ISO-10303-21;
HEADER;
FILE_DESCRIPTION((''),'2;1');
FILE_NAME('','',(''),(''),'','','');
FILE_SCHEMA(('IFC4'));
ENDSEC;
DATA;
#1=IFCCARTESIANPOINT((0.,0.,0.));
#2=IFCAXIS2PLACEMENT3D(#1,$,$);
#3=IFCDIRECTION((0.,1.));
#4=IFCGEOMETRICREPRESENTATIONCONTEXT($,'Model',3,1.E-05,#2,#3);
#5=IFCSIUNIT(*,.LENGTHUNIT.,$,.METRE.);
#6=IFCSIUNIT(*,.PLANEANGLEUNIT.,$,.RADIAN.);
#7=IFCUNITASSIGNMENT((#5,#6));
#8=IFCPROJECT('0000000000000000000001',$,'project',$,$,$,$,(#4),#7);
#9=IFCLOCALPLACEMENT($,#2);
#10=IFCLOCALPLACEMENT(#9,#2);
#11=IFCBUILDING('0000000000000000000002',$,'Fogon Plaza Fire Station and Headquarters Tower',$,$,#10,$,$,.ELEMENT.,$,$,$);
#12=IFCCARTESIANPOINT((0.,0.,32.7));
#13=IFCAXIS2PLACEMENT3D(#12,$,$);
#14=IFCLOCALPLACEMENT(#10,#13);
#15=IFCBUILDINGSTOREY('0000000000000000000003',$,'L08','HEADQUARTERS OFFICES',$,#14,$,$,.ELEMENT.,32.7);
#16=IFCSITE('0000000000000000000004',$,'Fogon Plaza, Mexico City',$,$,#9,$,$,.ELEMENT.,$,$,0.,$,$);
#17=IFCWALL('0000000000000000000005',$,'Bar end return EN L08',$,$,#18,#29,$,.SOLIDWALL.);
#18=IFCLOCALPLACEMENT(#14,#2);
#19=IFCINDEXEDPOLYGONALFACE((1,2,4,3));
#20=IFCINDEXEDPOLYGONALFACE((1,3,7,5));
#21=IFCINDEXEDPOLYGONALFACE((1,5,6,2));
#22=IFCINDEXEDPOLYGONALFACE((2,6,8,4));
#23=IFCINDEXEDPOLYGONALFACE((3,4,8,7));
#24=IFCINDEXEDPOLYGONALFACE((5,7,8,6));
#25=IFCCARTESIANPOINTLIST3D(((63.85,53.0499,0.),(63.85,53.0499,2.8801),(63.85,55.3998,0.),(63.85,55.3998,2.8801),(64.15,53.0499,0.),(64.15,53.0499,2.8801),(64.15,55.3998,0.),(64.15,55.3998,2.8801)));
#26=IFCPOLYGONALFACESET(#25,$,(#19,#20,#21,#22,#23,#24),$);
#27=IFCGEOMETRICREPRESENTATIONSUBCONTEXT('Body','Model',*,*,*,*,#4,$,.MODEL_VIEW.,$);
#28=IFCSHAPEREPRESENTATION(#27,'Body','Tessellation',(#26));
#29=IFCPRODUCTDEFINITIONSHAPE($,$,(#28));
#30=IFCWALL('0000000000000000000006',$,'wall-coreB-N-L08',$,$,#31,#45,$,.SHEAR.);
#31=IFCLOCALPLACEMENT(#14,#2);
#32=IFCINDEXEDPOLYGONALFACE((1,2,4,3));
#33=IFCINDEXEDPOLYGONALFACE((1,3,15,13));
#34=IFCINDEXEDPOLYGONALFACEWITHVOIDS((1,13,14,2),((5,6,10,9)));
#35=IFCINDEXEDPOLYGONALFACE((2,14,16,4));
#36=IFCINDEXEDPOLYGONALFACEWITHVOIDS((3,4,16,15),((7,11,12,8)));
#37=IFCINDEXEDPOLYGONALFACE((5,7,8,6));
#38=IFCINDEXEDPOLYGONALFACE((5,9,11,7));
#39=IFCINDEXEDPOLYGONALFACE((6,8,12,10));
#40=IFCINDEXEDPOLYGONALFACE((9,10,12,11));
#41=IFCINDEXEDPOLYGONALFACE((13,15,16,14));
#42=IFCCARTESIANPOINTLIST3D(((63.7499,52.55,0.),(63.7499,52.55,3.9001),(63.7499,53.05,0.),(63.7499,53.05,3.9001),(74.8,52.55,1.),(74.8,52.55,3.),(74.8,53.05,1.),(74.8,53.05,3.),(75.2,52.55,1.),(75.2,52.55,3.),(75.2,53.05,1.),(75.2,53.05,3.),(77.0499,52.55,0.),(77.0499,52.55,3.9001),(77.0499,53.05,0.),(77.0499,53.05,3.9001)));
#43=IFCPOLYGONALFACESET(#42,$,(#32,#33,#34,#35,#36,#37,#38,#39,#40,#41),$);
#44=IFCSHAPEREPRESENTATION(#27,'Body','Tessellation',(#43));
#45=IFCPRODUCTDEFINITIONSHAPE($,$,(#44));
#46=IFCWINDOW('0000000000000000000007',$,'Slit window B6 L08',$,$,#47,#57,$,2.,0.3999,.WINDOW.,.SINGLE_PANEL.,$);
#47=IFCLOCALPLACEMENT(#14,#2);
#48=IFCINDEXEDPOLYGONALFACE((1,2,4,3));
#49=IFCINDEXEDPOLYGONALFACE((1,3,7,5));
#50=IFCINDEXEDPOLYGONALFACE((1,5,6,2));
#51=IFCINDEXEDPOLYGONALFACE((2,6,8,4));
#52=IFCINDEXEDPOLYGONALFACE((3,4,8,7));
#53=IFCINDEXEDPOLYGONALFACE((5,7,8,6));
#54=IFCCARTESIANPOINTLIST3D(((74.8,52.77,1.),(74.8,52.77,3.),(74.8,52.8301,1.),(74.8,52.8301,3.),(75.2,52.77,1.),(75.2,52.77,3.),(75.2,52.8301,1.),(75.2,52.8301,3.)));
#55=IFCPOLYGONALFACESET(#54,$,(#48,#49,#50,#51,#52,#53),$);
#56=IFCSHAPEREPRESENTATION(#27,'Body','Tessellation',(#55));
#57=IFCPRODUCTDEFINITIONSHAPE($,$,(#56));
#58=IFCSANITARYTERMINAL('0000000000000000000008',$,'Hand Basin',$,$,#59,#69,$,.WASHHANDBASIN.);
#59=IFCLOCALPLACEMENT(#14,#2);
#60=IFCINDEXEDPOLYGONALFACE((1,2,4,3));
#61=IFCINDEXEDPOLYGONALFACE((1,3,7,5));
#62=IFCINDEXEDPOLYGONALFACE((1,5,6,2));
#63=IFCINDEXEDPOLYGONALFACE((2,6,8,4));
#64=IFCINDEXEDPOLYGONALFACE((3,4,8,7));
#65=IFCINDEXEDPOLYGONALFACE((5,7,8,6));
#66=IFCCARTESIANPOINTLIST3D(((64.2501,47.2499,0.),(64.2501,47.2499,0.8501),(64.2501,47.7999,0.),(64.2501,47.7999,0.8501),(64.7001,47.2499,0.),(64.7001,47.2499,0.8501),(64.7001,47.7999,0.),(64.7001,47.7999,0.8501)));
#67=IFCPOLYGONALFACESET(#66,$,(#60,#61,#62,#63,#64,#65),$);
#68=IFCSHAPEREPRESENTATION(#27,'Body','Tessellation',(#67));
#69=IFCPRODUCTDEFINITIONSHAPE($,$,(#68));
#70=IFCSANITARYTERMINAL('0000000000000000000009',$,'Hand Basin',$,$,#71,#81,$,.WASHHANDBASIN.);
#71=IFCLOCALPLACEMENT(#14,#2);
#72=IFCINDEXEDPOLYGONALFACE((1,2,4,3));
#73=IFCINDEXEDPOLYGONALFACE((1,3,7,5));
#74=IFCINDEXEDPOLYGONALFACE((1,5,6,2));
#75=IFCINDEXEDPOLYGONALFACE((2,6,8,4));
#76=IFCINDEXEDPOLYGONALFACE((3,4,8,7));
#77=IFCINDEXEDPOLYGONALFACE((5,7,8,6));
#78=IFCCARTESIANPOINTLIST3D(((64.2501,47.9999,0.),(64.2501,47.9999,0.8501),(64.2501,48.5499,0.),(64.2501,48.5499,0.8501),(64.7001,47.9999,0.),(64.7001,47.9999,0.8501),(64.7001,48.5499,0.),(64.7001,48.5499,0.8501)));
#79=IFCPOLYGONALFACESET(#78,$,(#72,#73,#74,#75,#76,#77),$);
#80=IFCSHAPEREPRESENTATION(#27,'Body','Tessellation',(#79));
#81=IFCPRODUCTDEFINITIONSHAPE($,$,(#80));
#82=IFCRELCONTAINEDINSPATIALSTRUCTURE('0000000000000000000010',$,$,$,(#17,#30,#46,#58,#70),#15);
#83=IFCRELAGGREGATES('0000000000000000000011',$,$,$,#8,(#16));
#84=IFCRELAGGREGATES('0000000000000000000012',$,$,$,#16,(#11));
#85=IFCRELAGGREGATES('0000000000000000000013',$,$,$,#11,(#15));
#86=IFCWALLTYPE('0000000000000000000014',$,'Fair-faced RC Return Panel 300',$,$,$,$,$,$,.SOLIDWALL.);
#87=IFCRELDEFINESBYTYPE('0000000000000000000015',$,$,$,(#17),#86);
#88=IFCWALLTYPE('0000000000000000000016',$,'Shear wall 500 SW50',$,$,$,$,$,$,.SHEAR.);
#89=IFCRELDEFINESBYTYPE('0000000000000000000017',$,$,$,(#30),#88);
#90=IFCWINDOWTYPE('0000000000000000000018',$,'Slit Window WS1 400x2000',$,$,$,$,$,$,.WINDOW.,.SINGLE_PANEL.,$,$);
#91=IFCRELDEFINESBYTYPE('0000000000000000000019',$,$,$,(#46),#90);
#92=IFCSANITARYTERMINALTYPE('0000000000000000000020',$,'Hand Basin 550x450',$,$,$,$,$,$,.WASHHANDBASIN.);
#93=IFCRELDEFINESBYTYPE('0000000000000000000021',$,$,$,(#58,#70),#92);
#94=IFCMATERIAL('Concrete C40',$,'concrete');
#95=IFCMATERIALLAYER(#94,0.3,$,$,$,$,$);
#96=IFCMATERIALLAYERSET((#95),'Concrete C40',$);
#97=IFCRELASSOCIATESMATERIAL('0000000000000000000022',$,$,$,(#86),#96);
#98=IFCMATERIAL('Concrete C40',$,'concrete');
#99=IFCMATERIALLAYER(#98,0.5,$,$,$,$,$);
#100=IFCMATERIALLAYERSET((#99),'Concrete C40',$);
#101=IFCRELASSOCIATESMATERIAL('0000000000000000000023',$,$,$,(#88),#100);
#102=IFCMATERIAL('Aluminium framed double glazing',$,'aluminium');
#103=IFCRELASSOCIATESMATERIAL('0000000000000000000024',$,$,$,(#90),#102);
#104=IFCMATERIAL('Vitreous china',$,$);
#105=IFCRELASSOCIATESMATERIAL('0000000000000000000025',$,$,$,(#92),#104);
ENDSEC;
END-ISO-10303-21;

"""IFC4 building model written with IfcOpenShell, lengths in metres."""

from ifc_helpers import new_model, si_unit, direction, frame, frame_2d, origin, origin_2d, place, context, subcontext, project, spatial, rectangle, extrude, material, layer, layer_set, type_object, element, fill, save


model = new_model("IFC4")

# Units and contexts
model_context = context("Model", 3, precision=1e-05, world=origin(), true_north=direction((0.0, 1.0)))
body_context = subcontext(model_context, "Body", "Model", "MODEL_VIEW")
ifc_project = project(units=[si_unit("LENGTHUNIT", "METRE"), si_unit("PLANEANGLEUNIT", "RADIAN")], contexts=[model_context])

# Site, building, storey
site_placement = place(None, origin())
site = spatial("IfcSite", under=ifc_project, at=site_placement, Name="Fogon Plaza, Mexico City", CompositionType="ELEMENT", RefElevation=0.0)
building_placement = place(site_placement, origin())
building = spatial("IfcBuilding", under=site, at=building_placement, Name="Fogon Plaza Fire Station and Headquarters Tower", CompositionType="ELEMENT")
storey_placement = place(building_placement, frame((0.0, 0.0, 32.7)))
storey = spatial("IfcBuildingStorey", under=building, at=storey_placement, Name="L08", Description="HEADQUARTERS OFFICES", CompositionType="ELEMENT", Elevation=32.7)

# Wall
ifc_material_1 = material(Name="Concrete C40", Category="concrete")
ifc_layer_1 = layer(ifc_material_1, 0.3)
ifc_layer_set_1 = layer_set([ifc_layer_1], Name="Concrete C40")
wall_type_1 = type_object("IfcWallType", Name="Fair-faced RC Return Panel 300", PredefinedType="SOLIDWALL", material=ifc_layer_set_1)
wall_1_placement = place(storey_placement, frame((64.0, 53.05, 0.0), z_axis=(0.0, 0.0, 1.0), x_axis=(0.0, 1.0, 0.0)))
element("IfcWall", 1, at=wall_1_placement, inside=storey, type_object=wall_type_1, Name="Bar end return EN L08", PredefinedType="SOLIDWALL", context=body_context, shape_type="SweptSolid", body=[
    extrude(rectangle(XDim=2.3499, YDim=0.3, at=frame_2d((1.1748, 0.0))), origin(), (0.0, 0.0, 1.0), 2.8801),
])

# Wall, opening, window
ifc_material_2 = material(Name="Concrete C40", Category="concrete")
ifc_layer_2 = layer(ifc_material_2, 0.5)
ifc_layer_set_2 = layer_set([ifc_layer_2], Name="Concrete C40")
wall_type_2 = type_object("IfcWallType", Name="Shear wall 500 SW50", PredefinedType="SHEAR", material=ifc_layer_set_2)
wall_2_placement = place(storey_placement, frame((63.75, 52.8, 0.0), z_axis=(0.0, 0.0, 1.0), x_axis=(1.0, 0.0, 0.0)))
wall_2 = element("IfcWall", 2, at=wall_2_placement, inside=storey, type_object=wall_type_2, Name="wall-coreB-N-L08", PredefinedType="SHEAR", context=body_context, shape_type="SweptSolid", body=[
    extrude(rectangle(XDim=13.3, YDim=0.5, at=frame_2d((6.6499, 0.0))), origin(), (0.0, 0.0, 1.0), 3.9001),
])
opening_placement = place(wall_2_placement, frame((11.05, 0.0, 1.0)))
opening = element("IfcOpeningElement", 3, at=opening_placement, cuts=wall_2, PredefinedType="OPENING", context=body_context, shape_type="SweptSolid", body=[
    extrude(rectangle(XDim=0.3999, YDim=2.0, at=frame_2d((0.2, 1.0))), frame((0.0, 0.26, 0.0), z_axis=(0.0, -1.0, 0.0), x_axis=(1.0, 0.0, 0.0)), (0.0, 0.0, 1.0), 0.52),
])
ifc_material_3 = material(Name="Aluminium framed double glazing", Category="aluminium")
window_type = type_object("IfcWindowType", Name="Slit Window WS1 400x2000", PartitioningType="SINGLE_PANEL", PredefinedType="WINDOW", material=ifc_material_3)
window_placement = place(opening_placement, origin())
window = element("IfcWindow", 4, at=window_placement, inside=storey, type_object=window_type, Name="Slit window B6 L08", OverallHeight=2.0, OverallWidth=0.3999, PartitioningType="SINGLE_PANEL", PredefinedType="WINDOW", context=body_context, shape_type="SweptSolid", body=[
    extrude(rectangle(XDim=0.3999, YDim=2.0, at=frame_2d((0.2, 1.0))), frame((0.0, 0.03, 0.0), z_axis=(0.0, -1.0, 0.0), x_axis=(1.0, 0.0, 0.0)), (0.0, 0.0, 1.0), 0.0601),
])
fill(opening, window)

# Sanitary terminals
ifc_material_4 = material(Name="Vitreous china")
sanitary_terminal_type = type_object("IfcSanitaryTerminalType", Name="Hand Basin 550x450", PredefinedType="WASHHANDBASIN", material=ifc_material_4)
for number, where, z_axis, x_axis, name in (
    (5, (64.4751, 47.5249, 0.0), (0.0, 0.0, 1.0), (1.0, 0.0, 0.0), "Hand Basin"),
    (6, (64.4751, 48.2749, 0.0), (0.0, 0.0, 1.0), (1.0, 0.0, 0.0), "Hand Basin"),
):
    element("IfcSanitaryTerminal", number, at=place(storey_placement, frame(where, z_axis=z_axis, x_axis=x_axis)), inside=storey, type_object=sanitary_terminal_type, Name=name, PredefinedType="WASHHANDBASIN", context=body_context, shape_type="SweptSolid", body=[
        extrude(rectangle(XDim=0.45, YDim=0.55, at=origin_2d()), origin(), (0.0, 0.0, 1.0), 0.8501),
    ])

save(model, "model.ifc")
